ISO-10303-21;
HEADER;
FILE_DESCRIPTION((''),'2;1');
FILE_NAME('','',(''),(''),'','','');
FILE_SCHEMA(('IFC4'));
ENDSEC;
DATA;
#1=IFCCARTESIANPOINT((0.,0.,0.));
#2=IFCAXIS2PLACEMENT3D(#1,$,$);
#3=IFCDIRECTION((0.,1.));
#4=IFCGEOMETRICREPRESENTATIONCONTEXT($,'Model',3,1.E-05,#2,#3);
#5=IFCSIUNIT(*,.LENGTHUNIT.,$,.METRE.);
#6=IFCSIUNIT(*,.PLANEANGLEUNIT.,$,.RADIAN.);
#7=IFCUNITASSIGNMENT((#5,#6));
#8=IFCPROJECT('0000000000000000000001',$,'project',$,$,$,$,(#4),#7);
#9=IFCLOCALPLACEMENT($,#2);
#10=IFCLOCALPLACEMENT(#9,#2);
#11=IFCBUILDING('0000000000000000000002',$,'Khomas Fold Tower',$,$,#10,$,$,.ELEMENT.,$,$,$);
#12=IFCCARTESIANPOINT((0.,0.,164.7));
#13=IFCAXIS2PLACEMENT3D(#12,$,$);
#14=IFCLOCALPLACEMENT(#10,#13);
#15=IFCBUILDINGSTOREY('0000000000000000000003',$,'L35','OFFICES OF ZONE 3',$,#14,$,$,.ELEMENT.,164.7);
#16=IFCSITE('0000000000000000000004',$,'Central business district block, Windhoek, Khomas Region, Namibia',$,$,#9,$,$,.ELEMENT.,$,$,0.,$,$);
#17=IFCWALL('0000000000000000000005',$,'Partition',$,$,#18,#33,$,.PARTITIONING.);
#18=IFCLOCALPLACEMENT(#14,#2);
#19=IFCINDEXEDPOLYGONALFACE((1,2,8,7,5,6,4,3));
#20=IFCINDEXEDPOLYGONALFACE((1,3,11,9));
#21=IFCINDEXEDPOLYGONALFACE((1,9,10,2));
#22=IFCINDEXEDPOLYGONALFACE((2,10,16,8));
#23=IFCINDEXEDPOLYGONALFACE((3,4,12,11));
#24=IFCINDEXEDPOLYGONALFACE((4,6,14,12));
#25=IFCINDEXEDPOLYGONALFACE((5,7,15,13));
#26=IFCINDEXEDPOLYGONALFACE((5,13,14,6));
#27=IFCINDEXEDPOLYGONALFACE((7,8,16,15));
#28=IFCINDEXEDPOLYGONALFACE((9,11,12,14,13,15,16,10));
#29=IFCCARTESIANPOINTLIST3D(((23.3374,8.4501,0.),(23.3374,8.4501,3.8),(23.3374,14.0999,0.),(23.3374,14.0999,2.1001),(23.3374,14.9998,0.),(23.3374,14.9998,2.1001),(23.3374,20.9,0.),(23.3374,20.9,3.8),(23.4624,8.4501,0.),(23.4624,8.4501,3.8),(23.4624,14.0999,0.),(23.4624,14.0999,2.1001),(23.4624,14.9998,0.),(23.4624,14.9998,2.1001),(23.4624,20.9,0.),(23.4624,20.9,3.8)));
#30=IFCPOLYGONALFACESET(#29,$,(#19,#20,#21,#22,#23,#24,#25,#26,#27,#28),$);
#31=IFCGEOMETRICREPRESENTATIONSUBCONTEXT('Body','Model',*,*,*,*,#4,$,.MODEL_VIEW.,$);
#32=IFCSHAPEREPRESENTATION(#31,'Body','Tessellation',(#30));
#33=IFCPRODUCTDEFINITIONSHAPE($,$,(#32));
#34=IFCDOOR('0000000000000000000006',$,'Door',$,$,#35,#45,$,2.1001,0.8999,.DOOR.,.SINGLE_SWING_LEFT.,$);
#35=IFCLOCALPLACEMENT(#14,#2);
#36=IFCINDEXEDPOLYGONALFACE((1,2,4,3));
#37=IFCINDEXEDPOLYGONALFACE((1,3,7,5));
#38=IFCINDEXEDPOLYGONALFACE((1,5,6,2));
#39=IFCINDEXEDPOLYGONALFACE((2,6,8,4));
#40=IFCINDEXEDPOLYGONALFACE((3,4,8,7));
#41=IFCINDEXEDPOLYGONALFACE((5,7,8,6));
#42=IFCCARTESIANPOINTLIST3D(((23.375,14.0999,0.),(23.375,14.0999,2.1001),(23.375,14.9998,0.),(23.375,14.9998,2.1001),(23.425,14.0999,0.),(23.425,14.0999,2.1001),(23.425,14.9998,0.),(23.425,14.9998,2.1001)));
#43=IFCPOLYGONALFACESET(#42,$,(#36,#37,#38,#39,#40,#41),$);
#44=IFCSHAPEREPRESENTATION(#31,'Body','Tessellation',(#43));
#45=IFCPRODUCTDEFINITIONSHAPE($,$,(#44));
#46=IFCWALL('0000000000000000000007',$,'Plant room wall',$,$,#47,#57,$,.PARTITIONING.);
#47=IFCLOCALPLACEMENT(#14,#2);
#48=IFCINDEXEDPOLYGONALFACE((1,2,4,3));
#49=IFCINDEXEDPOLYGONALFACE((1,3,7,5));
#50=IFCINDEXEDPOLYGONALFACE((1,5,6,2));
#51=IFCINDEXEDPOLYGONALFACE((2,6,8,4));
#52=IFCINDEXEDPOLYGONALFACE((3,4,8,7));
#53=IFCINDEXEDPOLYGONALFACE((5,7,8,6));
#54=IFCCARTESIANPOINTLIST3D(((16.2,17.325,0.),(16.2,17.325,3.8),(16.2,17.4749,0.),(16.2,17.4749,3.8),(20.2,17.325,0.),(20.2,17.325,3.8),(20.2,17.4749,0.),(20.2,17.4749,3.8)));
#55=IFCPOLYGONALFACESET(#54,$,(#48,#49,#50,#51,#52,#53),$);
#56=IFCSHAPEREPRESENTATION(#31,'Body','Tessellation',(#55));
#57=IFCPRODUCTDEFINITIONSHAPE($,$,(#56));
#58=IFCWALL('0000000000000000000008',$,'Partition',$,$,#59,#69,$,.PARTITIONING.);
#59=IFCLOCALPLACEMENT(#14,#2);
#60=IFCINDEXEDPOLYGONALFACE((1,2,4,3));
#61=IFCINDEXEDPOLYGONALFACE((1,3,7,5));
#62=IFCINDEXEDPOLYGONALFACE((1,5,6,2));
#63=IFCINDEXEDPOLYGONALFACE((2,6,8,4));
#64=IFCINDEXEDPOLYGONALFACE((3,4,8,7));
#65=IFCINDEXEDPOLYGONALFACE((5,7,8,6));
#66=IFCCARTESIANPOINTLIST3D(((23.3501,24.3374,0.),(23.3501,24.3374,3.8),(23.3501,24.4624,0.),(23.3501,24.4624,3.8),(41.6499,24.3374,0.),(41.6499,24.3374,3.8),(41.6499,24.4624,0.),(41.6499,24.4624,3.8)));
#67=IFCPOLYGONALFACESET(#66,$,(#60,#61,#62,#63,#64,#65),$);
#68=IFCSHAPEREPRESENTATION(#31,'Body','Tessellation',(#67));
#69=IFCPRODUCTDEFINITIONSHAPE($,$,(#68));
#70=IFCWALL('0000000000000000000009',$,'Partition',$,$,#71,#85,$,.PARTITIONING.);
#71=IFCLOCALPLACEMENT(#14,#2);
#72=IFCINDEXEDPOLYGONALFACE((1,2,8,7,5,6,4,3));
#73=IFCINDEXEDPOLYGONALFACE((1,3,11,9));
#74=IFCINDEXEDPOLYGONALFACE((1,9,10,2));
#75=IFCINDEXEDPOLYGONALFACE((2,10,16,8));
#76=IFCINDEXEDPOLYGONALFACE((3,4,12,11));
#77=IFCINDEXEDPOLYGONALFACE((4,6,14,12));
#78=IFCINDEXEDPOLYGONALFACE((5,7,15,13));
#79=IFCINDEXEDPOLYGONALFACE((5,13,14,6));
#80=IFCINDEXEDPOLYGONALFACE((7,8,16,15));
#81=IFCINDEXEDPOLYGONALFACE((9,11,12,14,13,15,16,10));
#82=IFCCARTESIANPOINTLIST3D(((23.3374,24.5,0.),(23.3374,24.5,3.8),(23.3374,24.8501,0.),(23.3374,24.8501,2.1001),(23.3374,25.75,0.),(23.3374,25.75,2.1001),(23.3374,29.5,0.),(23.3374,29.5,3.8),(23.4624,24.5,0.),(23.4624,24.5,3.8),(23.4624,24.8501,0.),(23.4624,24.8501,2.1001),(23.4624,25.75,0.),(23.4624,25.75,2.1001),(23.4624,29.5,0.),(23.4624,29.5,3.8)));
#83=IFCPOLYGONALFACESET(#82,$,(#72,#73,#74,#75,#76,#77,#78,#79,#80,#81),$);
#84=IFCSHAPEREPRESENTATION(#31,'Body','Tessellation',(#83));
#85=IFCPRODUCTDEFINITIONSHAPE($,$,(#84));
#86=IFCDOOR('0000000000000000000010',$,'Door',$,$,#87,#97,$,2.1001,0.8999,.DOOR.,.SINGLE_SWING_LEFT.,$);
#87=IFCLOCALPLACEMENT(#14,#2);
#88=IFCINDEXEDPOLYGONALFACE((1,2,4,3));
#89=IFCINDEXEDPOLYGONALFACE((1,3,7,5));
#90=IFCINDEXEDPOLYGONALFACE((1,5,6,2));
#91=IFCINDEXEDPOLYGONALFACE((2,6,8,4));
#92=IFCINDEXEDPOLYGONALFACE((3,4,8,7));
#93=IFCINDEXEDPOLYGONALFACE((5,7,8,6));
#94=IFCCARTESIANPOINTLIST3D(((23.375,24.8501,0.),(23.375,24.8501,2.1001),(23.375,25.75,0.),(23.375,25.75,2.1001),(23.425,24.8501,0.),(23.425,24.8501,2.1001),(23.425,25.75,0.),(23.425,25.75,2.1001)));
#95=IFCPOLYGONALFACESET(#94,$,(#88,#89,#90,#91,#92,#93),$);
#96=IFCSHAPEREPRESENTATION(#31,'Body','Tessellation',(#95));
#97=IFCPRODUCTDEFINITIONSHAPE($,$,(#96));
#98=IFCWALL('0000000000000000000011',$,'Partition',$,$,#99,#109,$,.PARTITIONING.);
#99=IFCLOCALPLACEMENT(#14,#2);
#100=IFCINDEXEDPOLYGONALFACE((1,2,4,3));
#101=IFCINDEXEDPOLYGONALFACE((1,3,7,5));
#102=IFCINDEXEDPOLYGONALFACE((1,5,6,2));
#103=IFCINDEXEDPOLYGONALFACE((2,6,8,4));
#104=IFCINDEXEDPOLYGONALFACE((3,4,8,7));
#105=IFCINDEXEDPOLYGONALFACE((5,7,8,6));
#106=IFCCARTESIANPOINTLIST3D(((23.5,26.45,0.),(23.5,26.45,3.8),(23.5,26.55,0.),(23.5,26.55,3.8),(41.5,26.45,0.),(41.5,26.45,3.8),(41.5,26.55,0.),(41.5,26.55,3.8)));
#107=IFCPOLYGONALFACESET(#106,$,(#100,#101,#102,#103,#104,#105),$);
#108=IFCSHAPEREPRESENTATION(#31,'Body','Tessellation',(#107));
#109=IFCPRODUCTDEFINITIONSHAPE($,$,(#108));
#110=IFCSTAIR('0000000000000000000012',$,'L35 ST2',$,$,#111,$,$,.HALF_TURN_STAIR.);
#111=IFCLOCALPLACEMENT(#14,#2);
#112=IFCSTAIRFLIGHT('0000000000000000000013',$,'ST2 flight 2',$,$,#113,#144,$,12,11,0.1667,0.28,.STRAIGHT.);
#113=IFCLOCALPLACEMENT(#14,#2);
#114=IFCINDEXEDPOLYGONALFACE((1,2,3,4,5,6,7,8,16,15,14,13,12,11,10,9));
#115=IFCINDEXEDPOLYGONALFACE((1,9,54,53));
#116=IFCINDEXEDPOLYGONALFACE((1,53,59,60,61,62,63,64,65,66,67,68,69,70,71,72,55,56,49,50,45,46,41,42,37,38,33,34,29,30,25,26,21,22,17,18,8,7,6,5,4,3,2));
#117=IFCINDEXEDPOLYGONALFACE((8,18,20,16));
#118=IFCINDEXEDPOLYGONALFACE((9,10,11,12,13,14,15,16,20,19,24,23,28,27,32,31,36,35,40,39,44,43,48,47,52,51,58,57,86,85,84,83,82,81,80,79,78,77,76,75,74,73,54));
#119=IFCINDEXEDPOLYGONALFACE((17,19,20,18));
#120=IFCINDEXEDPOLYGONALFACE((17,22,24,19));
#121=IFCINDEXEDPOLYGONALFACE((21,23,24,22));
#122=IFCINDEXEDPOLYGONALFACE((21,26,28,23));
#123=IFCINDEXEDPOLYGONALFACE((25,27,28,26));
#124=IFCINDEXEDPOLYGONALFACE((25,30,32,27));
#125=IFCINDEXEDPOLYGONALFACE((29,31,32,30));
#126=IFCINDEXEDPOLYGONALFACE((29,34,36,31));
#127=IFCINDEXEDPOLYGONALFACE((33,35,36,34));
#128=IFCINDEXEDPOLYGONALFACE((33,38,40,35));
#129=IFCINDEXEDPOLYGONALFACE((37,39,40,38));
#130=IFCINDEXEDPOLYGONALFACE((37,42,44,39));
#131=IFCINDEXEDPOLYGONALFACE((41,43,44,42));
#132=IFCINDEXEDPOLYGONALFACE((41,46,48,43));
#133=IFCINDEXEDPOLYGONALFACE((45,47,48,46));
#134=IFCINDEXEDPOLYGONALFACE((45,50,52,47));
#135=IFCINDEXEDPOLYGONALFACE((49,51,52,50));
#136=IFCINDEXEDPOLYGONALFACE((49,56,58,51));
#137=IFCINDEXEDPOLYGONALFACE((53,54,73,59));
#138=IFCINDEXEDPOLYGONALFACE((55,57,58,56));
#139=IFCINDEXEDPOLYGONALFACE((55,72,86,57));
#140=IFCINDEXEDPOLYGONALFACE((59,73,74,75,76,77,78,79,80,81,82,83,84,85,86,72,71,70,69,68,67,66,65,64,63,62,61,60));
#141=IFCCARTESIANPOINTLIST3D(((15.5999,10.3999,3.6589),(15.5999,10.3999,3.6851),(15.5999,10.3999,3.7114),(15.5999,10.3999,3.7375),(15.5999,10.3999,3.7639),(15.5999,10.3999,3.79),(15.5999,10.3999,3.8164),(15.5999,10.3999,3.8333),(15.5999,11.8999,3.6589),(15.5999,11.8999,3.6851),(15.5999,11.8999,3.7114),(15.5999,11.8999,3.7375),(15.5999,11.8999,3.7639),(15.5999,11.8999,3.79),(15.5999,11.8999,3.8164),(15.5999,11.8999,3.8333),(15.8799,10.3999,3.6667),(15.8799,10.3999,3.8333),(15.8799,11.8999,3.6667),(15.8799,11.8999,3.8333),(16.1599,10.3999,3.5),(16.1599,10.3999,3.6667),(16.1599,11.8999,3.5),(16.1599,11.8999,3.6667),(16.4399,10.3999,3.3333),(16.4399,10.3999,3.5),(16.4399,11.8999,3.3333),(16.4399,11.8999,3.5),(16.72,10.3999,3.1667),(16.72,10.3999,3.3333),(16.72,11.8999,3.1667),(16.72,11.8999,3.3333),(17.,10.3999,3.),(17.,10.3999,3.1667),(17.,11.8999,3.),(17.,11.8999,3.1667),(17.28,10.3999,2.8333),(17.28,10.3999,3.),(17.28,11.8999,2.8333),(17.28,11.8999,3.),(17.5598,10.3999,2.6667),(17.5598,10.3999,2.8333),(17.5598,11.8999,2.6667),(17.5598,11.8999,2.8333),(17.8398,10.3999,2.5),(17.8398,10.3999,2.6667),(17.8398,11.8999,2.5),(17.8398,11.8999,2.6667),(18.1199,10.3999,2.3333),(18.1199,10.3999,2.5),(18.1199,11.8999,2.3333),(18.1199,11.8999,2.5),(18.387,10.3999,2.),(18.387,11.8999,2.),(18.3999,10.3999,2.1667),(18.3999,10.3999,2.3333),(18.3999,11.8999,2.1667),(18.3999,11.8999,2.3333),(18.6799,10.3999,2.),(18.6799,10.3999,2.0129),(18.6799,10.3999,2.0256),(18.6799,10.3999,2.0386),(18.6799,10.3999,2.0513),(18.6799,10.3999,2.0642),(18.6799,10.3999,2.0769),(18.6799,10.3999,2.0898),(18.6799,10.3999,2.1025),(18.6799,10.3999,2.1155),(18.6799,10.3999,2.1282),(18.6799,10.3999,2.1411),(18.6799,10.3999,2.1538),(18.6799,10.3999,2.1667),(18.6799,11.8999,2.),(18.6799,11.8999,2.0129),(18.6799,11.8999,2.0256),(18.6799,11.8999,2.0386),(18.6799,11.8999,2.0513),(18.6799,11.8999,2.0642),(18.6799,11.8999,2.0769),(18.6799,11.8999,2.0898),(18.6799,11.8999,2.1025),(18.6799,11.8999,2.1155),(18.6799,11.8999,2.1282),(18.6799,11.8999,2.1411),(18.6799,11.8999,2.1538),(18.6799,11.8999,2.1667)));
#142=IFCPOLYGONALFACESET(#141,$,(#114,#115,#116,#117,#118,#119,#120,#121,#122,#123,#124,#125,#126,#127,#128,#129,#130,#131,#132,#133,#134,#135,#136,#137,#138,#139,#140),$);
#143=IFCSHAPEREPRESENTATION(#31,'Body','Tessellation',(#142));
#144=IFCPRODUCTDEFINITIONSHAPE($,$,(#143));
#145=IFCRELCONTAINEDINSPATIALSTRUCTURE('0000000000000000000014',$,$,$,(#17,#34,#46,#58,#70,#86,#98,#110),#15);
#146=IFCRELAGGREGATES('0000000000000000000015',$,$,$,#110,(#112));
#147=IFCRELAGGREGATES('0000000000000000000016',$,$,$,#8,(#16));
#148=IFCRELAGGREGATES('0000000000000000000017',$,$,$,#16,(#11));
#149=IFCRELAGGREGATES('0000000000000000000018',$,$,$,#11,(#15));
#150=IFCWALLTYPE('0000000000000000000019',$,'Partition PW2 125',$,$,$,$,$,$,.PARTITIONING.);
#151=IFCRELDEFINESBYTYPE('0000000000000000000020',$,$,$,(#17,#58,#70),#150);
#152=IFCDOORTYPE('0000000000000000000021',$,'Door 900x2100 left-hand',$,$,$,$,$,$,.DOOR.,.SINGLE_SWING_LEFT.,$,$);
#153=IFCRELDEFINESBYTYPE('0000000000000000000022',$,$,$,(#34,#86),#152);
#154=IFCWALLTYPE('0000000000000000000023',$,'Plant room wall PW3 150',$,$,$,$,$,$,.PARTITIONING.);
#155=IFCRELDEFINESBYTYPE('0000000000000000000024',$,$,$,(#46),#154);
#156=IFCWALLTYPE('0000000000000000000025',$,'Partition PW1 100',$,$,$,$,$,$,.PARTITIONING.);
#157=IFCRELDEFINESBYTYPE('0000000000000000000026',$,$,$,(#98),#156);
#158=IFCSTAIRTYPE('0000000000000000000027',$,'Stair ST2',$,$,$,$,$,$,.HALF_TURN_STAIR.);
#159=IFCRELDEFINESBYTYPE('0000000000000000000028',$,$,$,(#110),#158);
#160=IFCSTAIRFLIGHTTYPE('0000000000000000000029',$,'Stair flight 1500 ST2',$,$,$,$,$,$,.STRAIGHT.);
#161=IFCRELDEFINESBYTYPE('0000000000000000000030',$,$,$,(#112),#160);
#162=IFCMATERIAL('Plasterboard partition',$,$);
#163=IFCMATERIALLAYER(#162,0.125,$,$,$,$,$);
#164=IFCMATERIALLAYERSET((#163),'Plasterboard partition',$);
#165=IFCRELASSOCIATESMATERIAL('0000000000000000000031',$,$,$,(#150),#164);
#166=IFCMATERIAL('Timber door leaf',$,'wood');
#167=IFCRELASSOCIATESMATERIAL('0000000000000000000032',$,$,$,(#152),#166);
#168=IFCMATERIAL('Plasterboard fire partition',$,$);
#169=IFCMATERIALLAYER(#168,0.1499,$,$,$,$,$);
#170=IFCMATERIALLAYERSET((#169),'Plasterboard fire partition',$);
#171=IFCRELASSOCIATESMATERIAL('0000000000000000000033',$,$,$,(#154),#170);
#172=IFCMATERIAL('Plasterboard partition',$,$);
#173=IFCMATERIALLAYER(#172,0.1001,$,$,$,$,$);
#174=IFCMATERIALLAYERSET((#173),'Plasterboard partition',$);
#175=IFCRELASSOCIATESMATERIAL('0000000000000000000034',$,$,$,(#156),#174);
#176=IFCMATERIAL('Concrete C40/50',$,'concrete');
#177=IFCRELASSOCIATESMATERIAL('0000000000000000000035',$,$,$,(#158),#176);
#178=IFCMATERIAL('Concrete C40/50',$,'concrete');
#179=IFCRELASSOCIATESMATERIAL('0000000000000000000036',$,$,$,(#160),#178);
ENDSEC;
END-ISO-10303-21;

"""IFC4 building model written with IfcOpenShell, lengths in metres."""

from ifc_helpers import new_model, si_unit, direction, frame, frame_2d, origin, place, context, subcontext, project, spatial, polyline, rectangle, outline, extrude, source, transform, mapped, material, layer, layer_set, type_object, element, fill, aggregate, save


model = new_model("IFC4")

# Units and contexts
model_context = context("Model", 3, precision=1e-05, world=origin(), true_north=direction((0.0, 1.0)))
body_context = subcontext(model_context, "Body", "Model", "MODEL_VIEW")
ifc_project = project(units=[si_unit("LENGTHUNIT", "METRE"), si_unit("PLANEANGLEUNIT", "RADIAN")], contexts=[model_context])

# Site, building, storey
site_placement = place(None, origin())
site = spatial("IfcSite", under=ifc_project, at=site_placement, Name="Central business district block, Windhoek, Khomas Region, Namibia", CompositionType="ELEMENT", RefElevation=0.0)
building_placement = place(site_placement, origin())
building = spatial("IfcBuilding", under=site, at=building_placement, Name="Khomas Fold Tower", CompositionType="ELEMENT")
storey_placement = place(building_placement, frame((0.0, 0.0, 164.7)))
storey = spatial("IfcBuildingStorey", under=building, at=storey_placement, Name="L35", Description="OFFICES OF ZONE 3", CompositionType="ELEMENT", Elevation=164.7)

# Shared definitions
ifc_material_1 = material(Name="Plasterboard partition")
ifc_layer_1 = layer(ifc_material_1, 0.125)
ifc_layer_set_1 = layer_set([ifc_layer_1], Name="Plasterboard partition")
wall_type_1 = type_object("IfcWallType", Name="Partition PW2 125", PredefinedType="PARTITIONING", material=ifc_layer_set_1)

# Wall, opening, door
shared_shape_1 = source(origin(), body_context, "Body", "SweptSolid", [
    extrude(rectangle(XDim=12.45, YDim=0.125, at=frame_2d((6.2251, 0.0))), origin(), (0.0, 0.0, 1.0), 3.8),
])
wall_1_placement = place(storey_placement, frame((23.3999, 8.45, 0.0), z_axis=(0.0, 0.0, 1.0), x_axis=(0.0, 1.0, 0.0)))
wall_1 = element("IfcWall", 1, at=wall_1_placement, inside=storey, type_object=wall_type_1, Name="Partition", PredefinedType="PARTITIONING", context=body_context, shape_type="MappedRepresentation", body=[
    mapped(shared_shape_1, transform((0.0, 0.0, 0.0))),
])
shared_shape_2 = source(origin(), body_context, "Body", "SweptSolid", [
    extrude(rectangle(XDim=0.8999, YDim=2.1001, at=frame_2d((0.45, 1.05))), frame((0.0, 0.0725, 0.0), z_axis=(0.0, -1.0, 0.0), x_axis=(1.0, 0.0, 0.0)), (0.0, 0.0, 1.0), 0.145),
])
opening_1_placement = place(wall_1_placement, frame((5.6499, 0.0, 0.0)))
opening_1 = element("IfcOpeningElement", 2, at=opening_1_placement, cuts=wall_1, PredefinedType="OPENING", context=body_context, shape_type="MappedRepresentation", body=[
    mapped(shared_shape_2, transform((0.0, 0.0, 0.0))),
])
ifc_material_2 = material(Name="Timber door leaf", Category="wood")
door_type_1 = type_object("IfcDoorType", Name="Door 900x2100 left-hand", OperationType="SINGLE_SWING_LEFT", PredefinedType="DOOR", material=ifc_material_2)
shared_shape_3 = source(origin(), body_context, "Body", "SweptSolid", [
    extrude(rectangle(XDim=0.8999, YDim=2.1001, at=frame_2d((0.45, 1.05))), frame((0.0, 0.0249, 0.0), z_axis=(0.0, -1.0, 0.0), x_axis=(1.0, 0.0, 0.0)), (0.0, 0.0, 1.0), 0.05),
])
door_1_placement = place(opening_1_placement, origin())
door_1 = element("IfcDoor", 3, at=door_1_placement, inside=storey, type_object=door_type_1, Name="Door", OperationType="SINGLE_SWING_LEFT", OverallHeight=2.1001, OverallWidth=0.8999, PredefinedType="DOOR", context=body_context, shape_type="MappedRepresentation", body=[
    mapped(shared_shape_3, transform((0.0, 0.0, 0.0))),
])
fill(opening_1, door_1)

# Walls
ifc_material_3 = material(Name="Plasterboard fire partition")
ifc_layer_2 = layer(ifc_material_3, 0.1499)
ifc_layer_set_2 = layer_set([ifc_layer_2], Name="Plasterboard fire partition")
wall_type_2 = type_object("IfcWallType", Name="Plant room wall PW3 150", PredefinedType="PARTITIONING", material=ifc_layer_set_2)
shared_shape_4 = source(origin(), body_context, "Body", "SweptSolid", [
    extrude(rectangle(XDim=4.0, YDim=0.1499, at=frame_2d((2.0, 0.0))), origin(), (0.0, 0.0, 1.0), 3.8),
])
wall_2_placement = place(storey_placement, frame((16.2, 17.3999, 0.0), z_axis=(0.0, 0.0, 1.0), x_axis=(1.0, 0.0, 0.0)))
element("IfcWall", 4, at=wall_2_placement, inside=storey, type_object=wall_type_2, Name="Plant room wall", PredefinedType="PARTITIONING", context=body_context, shape_type="MappedRepresentation", body=[
    mapped(shared_shape_4, transform((0.0, 0.0, 0.0))),
])
shared_shape_5 = source(origin(), body_context, "Body", "SweptSolid", [
    extrude(rectangle(XDim=18.2998, YDim=0.125, at=frame_2d((9.1499, 0.0))), origin(), (0.0, 0.0, 1.0), 3.8),
])
wall_3_placement = place(storey_placement, frame((23.3501, 24.3999, 0.0), z_axis=(0.0, 0.0, 1.0), x_axis=(1.0, 0.0, 0.0)))
element("IfcWall", 5, at=wall_3_placement, inside=storey, type_object=wall_type_1, Name="Partition", PredefinedType="PARTITIONING", context=body_context, shape_type="MappedRepresentation", body=[
    mapped(shared_shape_5, transform((0.0, 0.0, 0.0))),
])

# Wall, opening, door
shared_shape_6 = source(origin(), body_context, "Body", "SweptSolid", [
    extrude(rectangle(XDim=5.0, YDim=0.125, at=frame_2d((2.5, 0.0))), origin(), (0.0, 0.0, 1.0), 3.8),
])
wall_4_placement = place(storey_placement, frame((23.3999, 24.5, 0.0), z_axis=(0.0, 0.0, 1.0), x_axis=(0.0, 1.0, 0.0)))
wall_4 = element("IfcWall", 6, at=wall_4_placement, inside=storey, type_object=wall_type_1, Name="Partition", PredefinedType="PARTITIONING", context=body_context, shape_type="MappedRepresentation", body=[
    mapped(shared_shape_6, transform((0.0, 0.0, 0.0))),
])
opening_2_placement = place(wall_4_placement, frame((0.3501, 0.0, 0.0)))
opening_2 = element("IfcOpeningElement", 7, at=opening_2_placement, cuts=wall_4, PredefinedType="OPENING", context=body_context, shape_type="MappedRepresentation", body=[
    mapped(shared_shape_2, transform((0.0, 0.0, 0.0))),
])
door_2_placement = place(opening_2_placement, origin())
door_2 = element("IfcDoor", 8, at=door_2_placement, inside=storey, type_object=door_type_1, Name="Door", OperationType="SINGLE_SWING_LEFT", OverallHeight=2.1001, OverallWidth=0.8999, PredefinedType="DOOR", context=body_context, shape_type="MappedRepresentation", body=[
    mapped(shared_shape_3, transform((0.0, 0.0, 0.0))),
])
fill(opening_2, door_2)

# Wall
ifc_material_4 = material(Name="Plasterboard partition")
ifc_layer_3 = layer(ifc_material_4, 0.1001)
ifc_layer_set_3 = layer_set([ifc_layer_3], Name="Plasterboard partition")
wall_type_3 = type_object("IfcWallType", Name="Partition PW1 100", PredefinedType="PARTITIONING", material=ifc_layer_set_3)
shared_shape_7 = source(origin(), body_context, "Body", "SweptSolid", [
    extrude(rectangle(XDim=18.0, YDim=0.1001, at=frame_2d((9.0, 0.0))), origin(), (0.0, 0.0, 1.0), 3.8),
])
wall_5_placement = place(storey_placement, frame((23.5, 26.5, 0.0), z_axis=(0.0, 0.0, 1.0), x_axis=(1.0, 0.0, 0.0)))
element("IfcWall", 9, at=wall_5_placement, inside=storey, type_object=wall_type_3, Name="Partition", PredefinedType="PARTITIONING", context=body_context, shape_type="MappedRepresentation", body=[
    mapped(shared_shape_7, transform((0.0, 0.0, 0.0))),
])

# Stair, stair flight
ifc_material_5 = material(Name="Concrete C40/50", Category="concrete")
stair_type = type_object("IfcStairType", Name="Stair ST2", PredefinedType="HALF_TURN_STAIR", material=ifc_material_5)
stair_placement = place(storey_placement, origin())
stair = element("IfcStair", 10, at=stair_placement, inside=storey, type_object=stair_type, Name="L35 ST2", PredefinedType="HALF_TURN_STAIR")
ifc_material_6 = material(Name="Concrete C40/50", Category="concrete")
stair_flight_type = type_object("IfcStairFlightType", Name="Stair flight 1500 ST2", PredefinedType="STRAIGHT", material=ifc_material_6)
shared_shape_8 = source(origin(), body_context, "Body", "SweptSolid", [
    extrude(outline(polyline([(0.0, 0.0), (0.0, 0.0129), (0.0, 0.0256), (0.0, 0.0386), (0.0, 0.0513), (0.0, 0.0642), (0.0, 0.0769), (0.0, 0.0898), (0.0, 0.1025), (0.0, 0.1155), (0.0, 0.1282), (0.0, 0.1411), (0.0, 0.1538), (0.0, 0.1667), (0.28, 0.1667), (0.28, 0.3333), (0.5601, 0.3333), (0.5601, 0.5), (0.8401, 0.5), (0.8401, 0.6667), (1.1201, 0.6667), (1.1201, 0.8333), (1.3999, 0.8333), (1.3999, 1.0), (1.6799, 1.0), (1.6799, 1.1667), (1.96, 1.1667), (1.96, 1.3333), (2.24, 1.3333), (2.24, 1.5), (2.52, 1.5), (2.52, 1.6667), (2.8, 1.6667), (2.8, 1.8333), (3.0801, 1.8333), (3.0801, 2.0), (3.0801, 1.9739), (3.0801, 1.9475), (3.0801, 1.9214), (3.0801, 1.895), (3.0801, 1.8689), (3.0801, 1.8425), (3.0801, 1.8164), (3.0801, 1.79), (3.0801, 1.7639), (3.0801, 1.7375), (3.0801, 1.7114), (3.0801, 1.6851), (3.0801, 1.6589), (0.293, 0.0), (0.0, 0.0)])), frame((0.0, 0.75, 0.0), z_axis=(0.0, -1.0, 0.0), x_axis=(1.0, 0.0, 0.0)), (0.0, 0.0, 1.0), 1.5),
])
stair_flight_placement = place(storey_placement, frame((18.6799, 11.1499, 2.0), z_axis=(0.0, 0.0, 1.0), x_axis=(-1.0, 0.0, 0.0)))
stair_flight = element("IfcStairFlight", 11, at=stair_flight_placement, type_object=stair_flight_type, Name="ST2 flight 2", NumberOfRisers=12, NumberOfTreads=11, PredefinedType="STRAIGHT", RiserHeight=0.1667, TreadLength=0.28, context=body_context, shape_type="MappedRepresentation", body=[
    mapped(shared_shape_8, transform((0.0, 0.0, 0.0))),
])
aggregate(stair, [stair_flight])

save(model, "model.ifc")
